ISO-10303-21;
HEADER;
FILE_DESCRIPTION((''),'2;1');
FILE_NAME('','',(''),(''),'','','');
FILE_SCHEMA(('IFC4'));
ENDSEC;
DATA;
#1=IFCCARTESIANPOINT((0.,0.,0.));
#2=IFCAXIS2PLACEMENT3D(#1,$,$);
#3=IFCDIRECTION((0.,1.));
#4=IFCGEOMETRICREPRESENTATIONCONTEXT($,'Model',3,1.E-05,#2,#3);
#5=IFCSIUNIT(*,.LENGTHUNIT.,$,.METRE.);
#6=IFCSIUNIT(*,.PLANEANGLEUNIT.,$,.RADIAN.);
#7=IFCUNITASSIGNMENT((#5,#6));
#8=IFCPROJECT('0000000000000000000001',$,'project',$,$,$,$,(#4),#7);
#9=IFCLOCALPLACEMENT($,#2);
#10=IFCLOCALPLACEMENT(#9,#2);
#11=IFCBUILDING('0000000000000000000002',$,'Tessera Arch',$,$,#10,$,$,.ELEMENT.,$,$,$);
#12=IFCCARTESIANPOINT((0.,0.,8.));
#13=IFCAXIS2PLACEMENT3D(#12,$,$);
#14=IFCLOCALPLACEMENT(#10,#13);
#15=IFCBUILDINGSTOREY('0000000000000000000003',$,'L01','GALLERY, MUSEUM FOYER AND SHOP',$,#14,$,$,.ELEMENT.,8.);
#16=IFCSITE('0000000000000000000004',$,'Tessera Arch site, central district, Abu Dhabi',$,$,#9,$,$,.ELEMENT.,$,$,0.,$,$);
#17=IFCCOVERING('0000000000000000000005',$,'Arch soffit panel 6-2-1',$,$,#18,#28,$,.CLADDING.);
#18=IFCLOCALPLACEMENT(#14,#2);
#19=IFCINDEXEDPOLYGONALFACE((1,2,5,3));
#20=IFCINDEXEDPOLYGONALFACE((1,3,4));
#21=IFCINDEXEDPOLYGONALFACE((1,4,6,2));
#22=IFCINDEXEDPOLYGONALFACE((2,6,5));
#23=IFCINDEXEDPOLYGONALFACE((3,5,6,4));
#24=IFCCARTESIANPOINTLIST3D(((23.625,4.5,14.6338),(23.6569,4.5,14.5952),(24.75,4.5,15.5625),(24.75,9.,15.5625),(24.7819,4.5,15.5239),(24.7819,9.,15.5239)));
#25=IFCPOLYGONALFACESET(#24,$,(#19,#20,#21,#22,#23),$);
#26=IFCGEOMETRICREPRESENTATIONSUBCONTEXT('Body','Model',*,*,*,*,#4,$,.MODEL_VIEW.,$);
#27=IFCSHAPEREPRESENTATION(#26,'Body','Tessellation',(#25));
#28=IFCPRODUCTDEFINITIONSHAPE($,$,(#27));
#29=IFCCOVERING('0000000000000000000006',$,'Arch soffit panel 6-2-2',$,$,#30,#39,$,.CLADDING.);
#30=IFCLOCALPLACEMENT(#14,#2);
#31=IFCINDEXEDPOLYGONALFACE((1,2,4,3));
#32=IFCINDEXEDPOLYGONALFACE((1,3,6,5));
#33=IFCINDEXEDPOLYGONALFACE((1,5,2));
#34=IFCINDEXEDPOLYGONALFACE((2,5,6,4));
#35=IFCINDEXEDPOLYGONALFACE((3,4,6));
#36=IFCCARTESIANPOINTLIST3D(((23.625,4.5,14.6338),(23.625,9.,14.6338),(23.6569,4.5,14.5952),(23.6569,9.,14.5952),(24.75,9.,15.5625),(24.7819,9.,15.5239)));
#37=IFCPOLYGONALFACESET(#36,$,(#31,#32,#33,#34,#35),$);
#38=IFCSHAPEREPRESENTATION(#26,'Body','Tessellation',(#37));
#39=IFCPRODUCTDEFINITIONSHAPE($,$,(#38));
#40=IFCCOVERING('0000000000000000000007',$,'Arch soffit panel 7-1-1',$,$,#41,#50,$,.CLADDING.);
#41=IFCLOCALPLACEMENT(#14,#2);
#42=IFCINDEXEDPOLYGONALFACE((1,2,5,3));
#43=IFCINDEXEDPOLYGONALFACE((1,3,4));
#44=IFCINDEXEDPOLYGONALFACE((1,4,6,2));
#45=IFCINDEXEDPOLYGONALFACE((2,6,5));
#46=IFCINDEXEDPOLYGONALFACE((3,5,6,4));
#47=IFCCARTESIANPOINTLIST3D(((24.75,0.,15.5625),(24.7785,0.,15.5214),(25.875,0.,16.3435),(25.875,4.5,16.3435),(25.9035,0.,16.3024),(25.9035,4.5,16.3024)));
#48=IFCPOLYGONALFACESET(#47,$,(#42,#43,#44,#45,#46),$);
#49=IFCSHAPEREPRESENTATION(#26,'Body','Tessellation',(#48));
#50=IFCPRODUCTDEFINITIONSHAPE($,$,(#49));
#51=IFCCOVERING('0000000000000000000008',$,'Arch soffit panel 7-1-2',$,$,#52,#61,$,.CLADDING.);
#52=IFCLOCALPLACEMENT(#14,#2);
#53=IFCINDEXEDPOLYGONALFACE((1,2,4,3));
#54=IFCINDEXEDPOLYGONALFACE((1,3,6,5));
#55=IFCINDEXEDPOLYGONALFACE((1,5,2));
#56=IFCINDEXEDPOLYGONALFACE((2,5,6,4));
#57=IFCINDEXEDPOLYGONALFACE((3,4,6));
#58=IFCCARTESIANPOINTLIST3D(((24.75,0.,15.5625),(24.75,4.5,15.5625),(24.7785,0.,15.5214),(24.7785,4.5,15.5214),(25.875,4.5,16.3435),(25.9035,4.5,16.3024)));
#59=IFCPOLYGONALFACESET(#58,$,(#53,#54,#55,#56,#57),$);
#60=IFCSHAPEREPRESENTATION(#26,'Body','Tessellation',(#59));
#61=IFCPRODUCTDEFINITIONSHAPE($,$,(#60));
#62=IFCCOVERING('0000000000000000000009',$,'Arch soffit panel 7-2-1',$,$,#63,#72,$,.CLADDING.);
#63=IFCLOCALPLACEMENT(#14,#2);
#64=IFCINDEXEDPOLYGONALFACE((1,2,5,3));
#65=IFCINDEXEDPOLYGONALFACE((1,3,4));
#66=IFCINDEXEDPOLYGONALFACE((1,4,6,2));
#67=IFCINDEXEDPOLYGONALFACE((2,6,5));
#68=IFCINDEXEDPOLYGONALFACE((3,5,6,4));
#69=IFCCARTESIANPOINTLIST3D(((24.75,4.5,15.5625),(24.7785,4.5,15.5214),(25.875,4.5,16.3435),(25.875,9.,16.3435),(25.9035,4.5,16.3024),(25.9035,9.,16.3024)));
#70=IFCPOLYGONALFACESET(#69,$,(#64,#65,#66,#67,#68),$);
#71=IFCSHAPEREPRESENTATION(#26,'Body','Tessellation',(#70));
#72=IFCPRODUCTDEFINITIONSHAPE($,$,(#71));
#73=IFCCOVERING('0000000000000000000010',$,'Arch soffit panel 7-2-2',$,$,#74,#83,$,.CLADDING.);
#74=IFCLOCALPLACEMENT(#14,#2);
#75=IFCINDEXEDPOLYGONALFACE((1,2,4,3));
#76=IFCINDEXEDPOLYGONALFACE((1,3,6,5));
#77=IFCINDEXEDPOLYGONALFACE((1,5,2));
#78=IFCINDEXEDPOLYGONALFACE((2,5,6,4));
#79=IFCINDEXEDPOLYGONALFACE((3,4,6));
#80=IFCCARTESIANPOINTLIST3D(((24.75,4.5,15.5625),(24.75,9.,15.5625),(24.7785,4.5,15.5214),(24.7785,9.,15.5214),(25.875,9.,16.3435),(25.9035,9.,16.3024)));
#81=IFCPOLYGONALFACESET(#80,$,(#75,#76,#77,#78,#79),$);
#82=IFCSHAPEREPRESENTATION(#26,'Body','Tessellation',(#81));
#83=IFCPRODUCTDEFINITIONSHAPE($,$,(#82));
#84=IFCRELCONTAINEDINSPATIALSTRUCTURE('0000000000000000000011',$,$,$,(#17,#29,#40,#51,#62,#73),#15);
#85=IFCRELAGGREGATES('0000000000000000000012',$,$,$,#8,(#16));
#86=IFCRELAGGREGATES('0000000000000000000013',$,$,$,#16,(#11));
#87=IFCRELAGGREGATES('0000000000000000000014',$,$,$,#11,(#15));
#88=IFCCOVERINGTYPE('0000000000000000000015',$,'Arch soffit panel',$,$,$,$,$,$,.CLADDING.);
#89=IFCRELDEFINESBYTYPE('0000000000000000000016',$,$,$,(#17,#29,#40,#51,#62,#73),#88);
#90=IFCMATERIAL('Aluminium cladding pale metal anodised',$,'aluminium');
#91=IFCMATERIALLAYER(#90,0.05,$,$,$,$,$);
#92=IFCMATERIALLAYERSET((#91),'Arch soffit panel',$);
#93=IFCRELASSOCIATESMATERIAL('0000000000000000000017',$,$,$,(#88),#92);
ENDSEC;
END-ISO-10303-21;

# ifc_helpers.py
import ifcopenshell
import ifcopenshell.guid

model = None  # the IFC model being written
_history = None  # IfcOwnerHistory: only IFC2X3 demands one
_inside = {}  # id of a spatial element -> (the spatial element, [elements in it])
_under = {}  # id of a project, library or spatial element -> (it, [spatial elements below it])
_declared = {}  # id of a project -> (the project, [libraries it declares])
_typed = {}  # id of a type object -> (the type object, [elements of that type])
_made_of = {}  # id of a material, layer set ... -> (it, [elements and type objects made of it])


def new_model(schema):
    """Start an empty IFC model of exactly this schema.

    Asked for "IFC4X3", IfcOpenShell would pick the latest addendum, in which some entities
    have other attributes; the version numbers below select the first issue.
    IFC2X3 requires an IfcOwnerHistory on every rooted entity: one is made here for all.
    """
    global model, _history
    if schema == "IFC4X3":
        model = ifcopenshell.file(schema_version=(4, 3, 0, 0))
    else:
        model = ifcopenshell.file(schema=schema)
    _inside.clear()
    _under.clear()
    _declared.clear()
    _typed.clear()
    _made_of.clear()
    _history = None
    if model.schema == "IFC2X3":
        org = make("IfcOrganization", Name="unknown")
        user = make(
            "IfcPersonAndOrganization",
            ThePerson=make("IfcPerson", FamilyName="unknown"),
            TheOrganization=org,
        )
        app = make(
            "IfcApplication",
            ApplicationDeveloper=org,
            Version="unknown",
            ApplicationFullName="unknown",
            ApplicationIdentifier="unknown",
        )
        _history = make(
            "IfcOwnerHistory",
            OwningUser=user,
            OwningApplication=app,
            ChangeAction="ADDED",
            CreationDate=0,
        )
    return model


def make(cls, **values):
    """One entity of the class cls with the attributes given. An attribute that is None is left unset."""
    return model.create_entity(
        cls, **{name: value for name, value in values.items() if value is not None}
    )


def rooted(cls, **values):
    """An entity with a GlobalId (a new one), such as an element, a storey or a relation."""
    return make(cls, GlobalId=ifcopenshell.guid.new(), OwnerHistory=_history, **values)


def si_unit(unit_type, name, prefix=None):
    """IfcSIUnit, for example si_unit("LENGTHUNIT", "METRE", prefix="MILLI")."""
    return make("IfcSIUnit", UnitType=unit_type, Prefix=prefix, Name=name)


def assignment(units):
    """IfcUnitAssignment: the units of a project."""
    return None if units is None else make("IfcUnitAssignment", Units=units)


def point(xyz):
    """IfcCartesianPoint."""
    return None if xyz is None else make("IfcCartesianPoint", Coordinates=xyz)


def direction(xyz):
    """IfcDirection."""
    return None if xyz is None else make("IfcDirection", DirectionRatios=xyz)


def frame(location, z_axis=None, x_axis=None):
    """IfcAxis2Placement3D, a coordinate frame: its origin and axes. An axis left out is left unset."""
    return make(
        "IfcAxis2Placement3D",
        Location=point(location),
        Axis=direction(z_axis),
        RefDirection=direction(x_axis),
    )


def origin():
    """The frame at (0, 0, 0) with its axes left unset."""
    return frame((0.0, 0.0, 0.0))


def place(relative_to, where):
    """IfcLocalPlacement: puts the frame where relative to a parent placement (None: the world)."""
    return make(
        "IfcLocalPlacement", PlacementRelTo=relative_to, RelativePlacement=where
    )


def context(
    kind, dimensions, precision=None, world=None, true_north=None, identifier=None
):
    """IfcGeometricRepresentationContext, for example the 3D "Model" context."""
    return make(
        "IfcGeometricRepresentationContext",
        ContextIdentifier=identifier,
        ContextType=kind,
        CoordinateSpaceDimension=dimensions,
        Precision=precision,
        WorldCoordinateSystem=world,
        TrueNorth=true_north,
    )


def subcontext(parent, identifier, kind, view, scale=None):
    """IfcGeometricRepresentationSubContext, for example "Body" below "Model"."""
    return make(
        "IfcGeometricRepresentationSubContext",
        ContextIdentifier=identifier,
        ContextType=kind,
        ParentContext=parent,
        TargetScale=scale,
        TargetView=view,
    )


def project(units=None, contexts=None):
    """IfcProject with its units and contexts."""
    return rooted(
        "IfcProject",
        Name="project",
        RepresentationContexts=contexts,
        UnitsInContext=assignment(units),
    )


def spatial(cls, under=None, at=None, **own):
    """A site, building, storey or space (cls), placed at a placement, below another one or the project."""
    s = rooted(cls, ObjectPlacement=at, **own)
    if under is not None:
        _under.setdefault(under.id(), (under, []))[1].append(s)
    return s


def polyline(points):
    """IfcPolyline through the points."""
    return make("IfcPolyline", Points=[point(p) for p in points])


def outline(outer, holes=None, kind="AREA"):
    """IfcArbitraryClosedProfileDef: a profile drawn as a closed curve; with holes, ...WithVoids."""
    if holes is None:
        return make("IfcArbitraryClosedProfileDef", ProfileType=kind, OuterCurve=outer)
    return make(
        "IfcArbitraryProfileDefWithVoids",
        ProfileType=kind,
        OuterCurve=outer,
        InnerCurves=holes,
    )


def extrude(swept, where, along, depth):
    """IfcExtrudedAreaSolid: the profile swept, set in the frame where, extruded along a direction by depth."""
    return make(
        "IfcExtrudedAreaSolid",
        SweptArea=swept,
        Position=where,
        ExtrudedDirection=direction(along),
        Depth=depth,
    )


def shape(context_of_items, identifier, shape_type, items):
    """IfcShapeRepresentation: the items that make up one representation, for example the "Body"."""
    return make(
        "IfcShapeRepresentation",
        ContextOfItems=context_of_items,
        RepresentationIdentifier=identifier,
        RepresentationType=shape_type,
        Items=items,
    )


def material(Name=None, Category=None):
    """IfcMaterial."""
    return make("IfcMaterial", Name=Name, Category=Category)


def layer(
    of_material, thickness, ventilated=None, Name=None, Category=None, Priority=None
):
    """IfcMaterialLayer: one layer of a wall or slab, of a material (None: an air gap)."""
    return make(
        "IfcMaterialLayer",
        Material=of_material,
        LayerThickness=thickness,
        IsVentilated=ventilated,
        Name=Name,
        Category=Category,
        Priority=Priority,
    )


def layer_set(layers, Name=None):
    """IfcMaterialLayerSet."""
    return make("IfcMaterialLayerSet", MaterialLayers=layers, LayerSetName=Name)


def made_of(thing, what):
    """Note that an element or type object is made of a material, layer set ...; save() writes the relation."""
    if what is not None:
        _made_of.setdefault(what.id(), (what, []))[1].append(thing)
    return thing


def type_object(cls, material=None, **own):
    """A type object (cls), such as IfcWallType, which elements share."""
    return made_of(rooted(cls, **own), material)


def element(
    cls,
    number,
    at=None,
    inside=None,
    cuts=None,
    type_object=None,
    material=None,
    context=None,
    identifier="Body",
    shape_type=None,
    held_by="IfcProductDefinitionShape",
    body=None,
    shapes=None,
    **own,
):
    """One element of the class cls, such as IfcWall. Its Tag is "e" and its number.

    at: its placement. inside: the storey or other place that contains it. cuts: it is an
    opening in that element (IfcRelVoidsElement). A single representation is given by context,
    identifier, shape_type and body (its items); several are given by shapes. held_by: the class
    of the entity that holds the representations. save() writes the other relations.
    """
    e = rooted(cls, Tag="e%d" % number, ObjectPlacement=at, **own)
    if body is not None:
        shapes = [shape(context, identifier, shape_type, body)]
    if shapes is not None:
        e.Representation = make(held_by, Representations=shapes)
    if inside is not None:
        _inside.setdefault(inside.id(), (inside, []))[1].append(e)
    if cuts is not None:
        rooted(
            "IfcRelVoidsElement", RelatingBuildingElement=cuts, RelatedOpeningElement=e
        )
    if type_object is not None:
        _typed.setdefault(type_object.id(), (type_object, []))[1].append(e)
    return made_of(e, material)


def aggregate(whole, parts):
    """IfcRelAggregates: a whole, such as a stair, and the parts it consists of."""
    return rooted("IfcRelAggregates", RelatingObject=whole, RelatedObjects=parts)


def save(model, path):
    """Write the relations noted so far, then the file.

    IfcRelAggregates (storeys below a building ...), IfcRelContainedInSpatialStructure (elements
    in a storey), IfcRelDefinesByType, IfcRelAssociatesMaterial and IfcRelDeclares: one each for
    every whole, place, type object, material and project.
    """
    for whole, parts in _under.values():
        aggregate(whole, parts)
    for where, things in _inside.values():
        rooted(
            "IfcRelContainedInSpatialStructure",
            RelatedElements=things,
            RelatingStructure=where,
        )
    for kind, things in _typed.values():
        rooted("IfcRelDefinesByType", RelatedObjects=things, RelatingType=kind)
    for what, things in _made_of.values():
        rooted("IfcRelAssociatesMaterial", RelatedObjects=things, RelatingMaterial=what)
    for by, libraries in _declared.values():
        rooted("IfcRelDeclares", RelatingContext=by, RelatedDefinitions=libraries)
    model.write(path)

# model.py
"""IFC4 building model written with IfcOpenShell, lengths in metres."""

from ifc_helpers import new_model, si_unit, direction, frame, origin, place, context, subcontext, project, spatial, polyline, outline, extrude, material, layer, layer_set, type_object, element, save


model = new_model("IFC4")

# Units and contexts
model_context = context("Model", 3, precision=1e-05, world=origin(), true_north=direction((0.0, 1.0)))
body_context = subcontext(model_context, "Body", "Model", "MODEL_VIEW")
ifc_project = project(units=[si_unit("LENGTHUNIT", "METRE"), si_unit("PLANEANGLEUNIT", "RADIAN")], contexts=[model_context])

# Site, building, storey
site_placement = place(None, origin())
site = spatial("IfcSite", under=ifc_project, at=site_placement, Name="Tessera Arch site, central district, Abu Dhabi", CompositionType="ELEMENT", RefElevation=0.0)
building_placement = place(site_placement, origin())
building = spatial("IfcBuilding", under=site, at=building_placement, Name="Tessera Arch", CompositionType="ELEMENT")
storey_placement = place(building_placement, frame((0.0, 0.0, 8.0)))
storey = spatial("IfcBuildingStorey", under=building, at=storey_placement, Name="L01", Description="GALLERY, MUSEUM FOYER AND SHOP", CompositionType="ELEMENT", Elevation=8.0)

# Coverings
ifc_material = material(Name="Aluminium cladding pale metal anodised", Category="aluminium")
ifc_layer = layer(ifc_material, 0.05)
ifc_layer_set = layer_set([ifc_layer], Name="Arch soffit panel")
covering_type = type_object("IfcCoveringType", Name="Arch soffit panel", PredefinedType="CLADDING", material=ifc_layer_set)
covering_1_placement = place(storey_placement, frame((23.625, 4.5, 14.6338), z_axis=(-0.636622, 0.0, 0.771176), x_axis=(0.771176, 0.0, 0.636622)))
element("IfcCovering", 1, at=covering_1_placement, inside=storey, type_object=covering_type, Name="Arch soffit panel 6-2-1", PredefinedType="CLADDING", context=body_context, shape_type="SweptSolid", body=[
    extrude(outline(polyline([(0.0, 0.0), (1.4588, 0.0), (1.4588, 4.5), (0.0, 0.0)])), origin(), (0.0, 0.0, -1.0), 0.05),
])
covering_2_placement = place(storey_placement, frame((23.625, 4.5, 14.6338), z_axis=(-0.636622, 0.0, 0.771176), x_axis=(0.237816, 0.951263, 0.196322)))
element("IfcCovering", 2, at=covering_2_placement, inside=storey, type_object=covering_type, Name="Arch soffit panel 6-2-2", PredefinedType="CLADDING", context=body_context, shape_type="SweptSolid", body=[
    extrude(outline(polyline([(0.0, 0.0), (4.7306, 0.0), (4.2807, 1.3877), (0.0, 0.0)])), origin(), (0.0, 0.0, -1.0), 0.05),
])
covering_3_placement = place(storey_placement, frame((24.75, 0.0, 15.5625), z_axis=(-0.570276, 0.0, 0.821453), x_axis=(0.821453, 0.0, 0.570276)))
element("IfcCovering", 3, at=covering_3_placement, inside=storey, type_object=covering_type, Name="Arch soffit panel 7-1-1", PredefinedType="CLADDING", context=body_context, shape_type="SweptSolid", body=[
    extrude(outline(polyline([(0.0, 0.0), (1.3695, 0.0), (1.3695, 4.5), (0.0, 0.0)])), origin(), (0.0, 0.0, -1.0), 0.05),
])
covering_4_placement = place(storey_placement, frame((24.75, 0.0, 15.5625), z_axis=(-0.570276, 0.0, 0.821453), x_axis=(0.239169, 0.956676, 0.166038)))
element("IfcCovering", 4, at=covering_4_placement, inside=storey, type_object=covering_type, Name="Arch soffit panel 7-1-2", PredefinedType="CLADDING", context=body_context, shape_type="SweptSolid", body=[
    extrude(outline(polyline([(0.0, 0.0), (4.7038, 0.0), (4.305, 1.3102), (0.0, 0.0)])), origin(), (0.0, 0.0, -1.0), 0.05),
])
covering_5_placement = place(storey_placement, frame((24.75, 4.5, 15.5625), z_axis=(-0.570276, 0.0, 0.821453), x_axis=(0.821453, 0.0, 0.570276)))
element("IfcCovering", 5, at=covering_5_placement, inside=storey, type_object=covering_type, Name="Arch soffit panel 7-2-1", PredefinedType="CLADDING", context=body_context, shape_type="SweptSolid", body=[
    extrude(outline(polyline([(0.0, 0.0), (1.3695, 0.0), (1.3695, 4.5), (0.0, 0.0)])), origin(), (0.0, 0.0, -1.0), 0.05),
])
covering_6_placement = place(storey_placement, frame((24.75, 4.5, 15.5625), z_axis=(-0.570276, 0.0, 0.821453), x_axis=(0.239169, 0.956676, 0.166038)))
element("IfcCovering", 6, at=covering_6_placement, inside=storey, type_object=covering_type, Name="Arch soffit panel 7-2-2", PredefinedType="CLADDING", context=body_context, shape_type="SweptSolid", body=[
    extrude(outline(polyline([(0.0, 0.0), (4.7038, 0.0), (4.305, 1.3102), (0.0, 0.0)])), origin(), (0.0, 0.0, -1.0), 0.05),
])

save(model, "model.ifc")
